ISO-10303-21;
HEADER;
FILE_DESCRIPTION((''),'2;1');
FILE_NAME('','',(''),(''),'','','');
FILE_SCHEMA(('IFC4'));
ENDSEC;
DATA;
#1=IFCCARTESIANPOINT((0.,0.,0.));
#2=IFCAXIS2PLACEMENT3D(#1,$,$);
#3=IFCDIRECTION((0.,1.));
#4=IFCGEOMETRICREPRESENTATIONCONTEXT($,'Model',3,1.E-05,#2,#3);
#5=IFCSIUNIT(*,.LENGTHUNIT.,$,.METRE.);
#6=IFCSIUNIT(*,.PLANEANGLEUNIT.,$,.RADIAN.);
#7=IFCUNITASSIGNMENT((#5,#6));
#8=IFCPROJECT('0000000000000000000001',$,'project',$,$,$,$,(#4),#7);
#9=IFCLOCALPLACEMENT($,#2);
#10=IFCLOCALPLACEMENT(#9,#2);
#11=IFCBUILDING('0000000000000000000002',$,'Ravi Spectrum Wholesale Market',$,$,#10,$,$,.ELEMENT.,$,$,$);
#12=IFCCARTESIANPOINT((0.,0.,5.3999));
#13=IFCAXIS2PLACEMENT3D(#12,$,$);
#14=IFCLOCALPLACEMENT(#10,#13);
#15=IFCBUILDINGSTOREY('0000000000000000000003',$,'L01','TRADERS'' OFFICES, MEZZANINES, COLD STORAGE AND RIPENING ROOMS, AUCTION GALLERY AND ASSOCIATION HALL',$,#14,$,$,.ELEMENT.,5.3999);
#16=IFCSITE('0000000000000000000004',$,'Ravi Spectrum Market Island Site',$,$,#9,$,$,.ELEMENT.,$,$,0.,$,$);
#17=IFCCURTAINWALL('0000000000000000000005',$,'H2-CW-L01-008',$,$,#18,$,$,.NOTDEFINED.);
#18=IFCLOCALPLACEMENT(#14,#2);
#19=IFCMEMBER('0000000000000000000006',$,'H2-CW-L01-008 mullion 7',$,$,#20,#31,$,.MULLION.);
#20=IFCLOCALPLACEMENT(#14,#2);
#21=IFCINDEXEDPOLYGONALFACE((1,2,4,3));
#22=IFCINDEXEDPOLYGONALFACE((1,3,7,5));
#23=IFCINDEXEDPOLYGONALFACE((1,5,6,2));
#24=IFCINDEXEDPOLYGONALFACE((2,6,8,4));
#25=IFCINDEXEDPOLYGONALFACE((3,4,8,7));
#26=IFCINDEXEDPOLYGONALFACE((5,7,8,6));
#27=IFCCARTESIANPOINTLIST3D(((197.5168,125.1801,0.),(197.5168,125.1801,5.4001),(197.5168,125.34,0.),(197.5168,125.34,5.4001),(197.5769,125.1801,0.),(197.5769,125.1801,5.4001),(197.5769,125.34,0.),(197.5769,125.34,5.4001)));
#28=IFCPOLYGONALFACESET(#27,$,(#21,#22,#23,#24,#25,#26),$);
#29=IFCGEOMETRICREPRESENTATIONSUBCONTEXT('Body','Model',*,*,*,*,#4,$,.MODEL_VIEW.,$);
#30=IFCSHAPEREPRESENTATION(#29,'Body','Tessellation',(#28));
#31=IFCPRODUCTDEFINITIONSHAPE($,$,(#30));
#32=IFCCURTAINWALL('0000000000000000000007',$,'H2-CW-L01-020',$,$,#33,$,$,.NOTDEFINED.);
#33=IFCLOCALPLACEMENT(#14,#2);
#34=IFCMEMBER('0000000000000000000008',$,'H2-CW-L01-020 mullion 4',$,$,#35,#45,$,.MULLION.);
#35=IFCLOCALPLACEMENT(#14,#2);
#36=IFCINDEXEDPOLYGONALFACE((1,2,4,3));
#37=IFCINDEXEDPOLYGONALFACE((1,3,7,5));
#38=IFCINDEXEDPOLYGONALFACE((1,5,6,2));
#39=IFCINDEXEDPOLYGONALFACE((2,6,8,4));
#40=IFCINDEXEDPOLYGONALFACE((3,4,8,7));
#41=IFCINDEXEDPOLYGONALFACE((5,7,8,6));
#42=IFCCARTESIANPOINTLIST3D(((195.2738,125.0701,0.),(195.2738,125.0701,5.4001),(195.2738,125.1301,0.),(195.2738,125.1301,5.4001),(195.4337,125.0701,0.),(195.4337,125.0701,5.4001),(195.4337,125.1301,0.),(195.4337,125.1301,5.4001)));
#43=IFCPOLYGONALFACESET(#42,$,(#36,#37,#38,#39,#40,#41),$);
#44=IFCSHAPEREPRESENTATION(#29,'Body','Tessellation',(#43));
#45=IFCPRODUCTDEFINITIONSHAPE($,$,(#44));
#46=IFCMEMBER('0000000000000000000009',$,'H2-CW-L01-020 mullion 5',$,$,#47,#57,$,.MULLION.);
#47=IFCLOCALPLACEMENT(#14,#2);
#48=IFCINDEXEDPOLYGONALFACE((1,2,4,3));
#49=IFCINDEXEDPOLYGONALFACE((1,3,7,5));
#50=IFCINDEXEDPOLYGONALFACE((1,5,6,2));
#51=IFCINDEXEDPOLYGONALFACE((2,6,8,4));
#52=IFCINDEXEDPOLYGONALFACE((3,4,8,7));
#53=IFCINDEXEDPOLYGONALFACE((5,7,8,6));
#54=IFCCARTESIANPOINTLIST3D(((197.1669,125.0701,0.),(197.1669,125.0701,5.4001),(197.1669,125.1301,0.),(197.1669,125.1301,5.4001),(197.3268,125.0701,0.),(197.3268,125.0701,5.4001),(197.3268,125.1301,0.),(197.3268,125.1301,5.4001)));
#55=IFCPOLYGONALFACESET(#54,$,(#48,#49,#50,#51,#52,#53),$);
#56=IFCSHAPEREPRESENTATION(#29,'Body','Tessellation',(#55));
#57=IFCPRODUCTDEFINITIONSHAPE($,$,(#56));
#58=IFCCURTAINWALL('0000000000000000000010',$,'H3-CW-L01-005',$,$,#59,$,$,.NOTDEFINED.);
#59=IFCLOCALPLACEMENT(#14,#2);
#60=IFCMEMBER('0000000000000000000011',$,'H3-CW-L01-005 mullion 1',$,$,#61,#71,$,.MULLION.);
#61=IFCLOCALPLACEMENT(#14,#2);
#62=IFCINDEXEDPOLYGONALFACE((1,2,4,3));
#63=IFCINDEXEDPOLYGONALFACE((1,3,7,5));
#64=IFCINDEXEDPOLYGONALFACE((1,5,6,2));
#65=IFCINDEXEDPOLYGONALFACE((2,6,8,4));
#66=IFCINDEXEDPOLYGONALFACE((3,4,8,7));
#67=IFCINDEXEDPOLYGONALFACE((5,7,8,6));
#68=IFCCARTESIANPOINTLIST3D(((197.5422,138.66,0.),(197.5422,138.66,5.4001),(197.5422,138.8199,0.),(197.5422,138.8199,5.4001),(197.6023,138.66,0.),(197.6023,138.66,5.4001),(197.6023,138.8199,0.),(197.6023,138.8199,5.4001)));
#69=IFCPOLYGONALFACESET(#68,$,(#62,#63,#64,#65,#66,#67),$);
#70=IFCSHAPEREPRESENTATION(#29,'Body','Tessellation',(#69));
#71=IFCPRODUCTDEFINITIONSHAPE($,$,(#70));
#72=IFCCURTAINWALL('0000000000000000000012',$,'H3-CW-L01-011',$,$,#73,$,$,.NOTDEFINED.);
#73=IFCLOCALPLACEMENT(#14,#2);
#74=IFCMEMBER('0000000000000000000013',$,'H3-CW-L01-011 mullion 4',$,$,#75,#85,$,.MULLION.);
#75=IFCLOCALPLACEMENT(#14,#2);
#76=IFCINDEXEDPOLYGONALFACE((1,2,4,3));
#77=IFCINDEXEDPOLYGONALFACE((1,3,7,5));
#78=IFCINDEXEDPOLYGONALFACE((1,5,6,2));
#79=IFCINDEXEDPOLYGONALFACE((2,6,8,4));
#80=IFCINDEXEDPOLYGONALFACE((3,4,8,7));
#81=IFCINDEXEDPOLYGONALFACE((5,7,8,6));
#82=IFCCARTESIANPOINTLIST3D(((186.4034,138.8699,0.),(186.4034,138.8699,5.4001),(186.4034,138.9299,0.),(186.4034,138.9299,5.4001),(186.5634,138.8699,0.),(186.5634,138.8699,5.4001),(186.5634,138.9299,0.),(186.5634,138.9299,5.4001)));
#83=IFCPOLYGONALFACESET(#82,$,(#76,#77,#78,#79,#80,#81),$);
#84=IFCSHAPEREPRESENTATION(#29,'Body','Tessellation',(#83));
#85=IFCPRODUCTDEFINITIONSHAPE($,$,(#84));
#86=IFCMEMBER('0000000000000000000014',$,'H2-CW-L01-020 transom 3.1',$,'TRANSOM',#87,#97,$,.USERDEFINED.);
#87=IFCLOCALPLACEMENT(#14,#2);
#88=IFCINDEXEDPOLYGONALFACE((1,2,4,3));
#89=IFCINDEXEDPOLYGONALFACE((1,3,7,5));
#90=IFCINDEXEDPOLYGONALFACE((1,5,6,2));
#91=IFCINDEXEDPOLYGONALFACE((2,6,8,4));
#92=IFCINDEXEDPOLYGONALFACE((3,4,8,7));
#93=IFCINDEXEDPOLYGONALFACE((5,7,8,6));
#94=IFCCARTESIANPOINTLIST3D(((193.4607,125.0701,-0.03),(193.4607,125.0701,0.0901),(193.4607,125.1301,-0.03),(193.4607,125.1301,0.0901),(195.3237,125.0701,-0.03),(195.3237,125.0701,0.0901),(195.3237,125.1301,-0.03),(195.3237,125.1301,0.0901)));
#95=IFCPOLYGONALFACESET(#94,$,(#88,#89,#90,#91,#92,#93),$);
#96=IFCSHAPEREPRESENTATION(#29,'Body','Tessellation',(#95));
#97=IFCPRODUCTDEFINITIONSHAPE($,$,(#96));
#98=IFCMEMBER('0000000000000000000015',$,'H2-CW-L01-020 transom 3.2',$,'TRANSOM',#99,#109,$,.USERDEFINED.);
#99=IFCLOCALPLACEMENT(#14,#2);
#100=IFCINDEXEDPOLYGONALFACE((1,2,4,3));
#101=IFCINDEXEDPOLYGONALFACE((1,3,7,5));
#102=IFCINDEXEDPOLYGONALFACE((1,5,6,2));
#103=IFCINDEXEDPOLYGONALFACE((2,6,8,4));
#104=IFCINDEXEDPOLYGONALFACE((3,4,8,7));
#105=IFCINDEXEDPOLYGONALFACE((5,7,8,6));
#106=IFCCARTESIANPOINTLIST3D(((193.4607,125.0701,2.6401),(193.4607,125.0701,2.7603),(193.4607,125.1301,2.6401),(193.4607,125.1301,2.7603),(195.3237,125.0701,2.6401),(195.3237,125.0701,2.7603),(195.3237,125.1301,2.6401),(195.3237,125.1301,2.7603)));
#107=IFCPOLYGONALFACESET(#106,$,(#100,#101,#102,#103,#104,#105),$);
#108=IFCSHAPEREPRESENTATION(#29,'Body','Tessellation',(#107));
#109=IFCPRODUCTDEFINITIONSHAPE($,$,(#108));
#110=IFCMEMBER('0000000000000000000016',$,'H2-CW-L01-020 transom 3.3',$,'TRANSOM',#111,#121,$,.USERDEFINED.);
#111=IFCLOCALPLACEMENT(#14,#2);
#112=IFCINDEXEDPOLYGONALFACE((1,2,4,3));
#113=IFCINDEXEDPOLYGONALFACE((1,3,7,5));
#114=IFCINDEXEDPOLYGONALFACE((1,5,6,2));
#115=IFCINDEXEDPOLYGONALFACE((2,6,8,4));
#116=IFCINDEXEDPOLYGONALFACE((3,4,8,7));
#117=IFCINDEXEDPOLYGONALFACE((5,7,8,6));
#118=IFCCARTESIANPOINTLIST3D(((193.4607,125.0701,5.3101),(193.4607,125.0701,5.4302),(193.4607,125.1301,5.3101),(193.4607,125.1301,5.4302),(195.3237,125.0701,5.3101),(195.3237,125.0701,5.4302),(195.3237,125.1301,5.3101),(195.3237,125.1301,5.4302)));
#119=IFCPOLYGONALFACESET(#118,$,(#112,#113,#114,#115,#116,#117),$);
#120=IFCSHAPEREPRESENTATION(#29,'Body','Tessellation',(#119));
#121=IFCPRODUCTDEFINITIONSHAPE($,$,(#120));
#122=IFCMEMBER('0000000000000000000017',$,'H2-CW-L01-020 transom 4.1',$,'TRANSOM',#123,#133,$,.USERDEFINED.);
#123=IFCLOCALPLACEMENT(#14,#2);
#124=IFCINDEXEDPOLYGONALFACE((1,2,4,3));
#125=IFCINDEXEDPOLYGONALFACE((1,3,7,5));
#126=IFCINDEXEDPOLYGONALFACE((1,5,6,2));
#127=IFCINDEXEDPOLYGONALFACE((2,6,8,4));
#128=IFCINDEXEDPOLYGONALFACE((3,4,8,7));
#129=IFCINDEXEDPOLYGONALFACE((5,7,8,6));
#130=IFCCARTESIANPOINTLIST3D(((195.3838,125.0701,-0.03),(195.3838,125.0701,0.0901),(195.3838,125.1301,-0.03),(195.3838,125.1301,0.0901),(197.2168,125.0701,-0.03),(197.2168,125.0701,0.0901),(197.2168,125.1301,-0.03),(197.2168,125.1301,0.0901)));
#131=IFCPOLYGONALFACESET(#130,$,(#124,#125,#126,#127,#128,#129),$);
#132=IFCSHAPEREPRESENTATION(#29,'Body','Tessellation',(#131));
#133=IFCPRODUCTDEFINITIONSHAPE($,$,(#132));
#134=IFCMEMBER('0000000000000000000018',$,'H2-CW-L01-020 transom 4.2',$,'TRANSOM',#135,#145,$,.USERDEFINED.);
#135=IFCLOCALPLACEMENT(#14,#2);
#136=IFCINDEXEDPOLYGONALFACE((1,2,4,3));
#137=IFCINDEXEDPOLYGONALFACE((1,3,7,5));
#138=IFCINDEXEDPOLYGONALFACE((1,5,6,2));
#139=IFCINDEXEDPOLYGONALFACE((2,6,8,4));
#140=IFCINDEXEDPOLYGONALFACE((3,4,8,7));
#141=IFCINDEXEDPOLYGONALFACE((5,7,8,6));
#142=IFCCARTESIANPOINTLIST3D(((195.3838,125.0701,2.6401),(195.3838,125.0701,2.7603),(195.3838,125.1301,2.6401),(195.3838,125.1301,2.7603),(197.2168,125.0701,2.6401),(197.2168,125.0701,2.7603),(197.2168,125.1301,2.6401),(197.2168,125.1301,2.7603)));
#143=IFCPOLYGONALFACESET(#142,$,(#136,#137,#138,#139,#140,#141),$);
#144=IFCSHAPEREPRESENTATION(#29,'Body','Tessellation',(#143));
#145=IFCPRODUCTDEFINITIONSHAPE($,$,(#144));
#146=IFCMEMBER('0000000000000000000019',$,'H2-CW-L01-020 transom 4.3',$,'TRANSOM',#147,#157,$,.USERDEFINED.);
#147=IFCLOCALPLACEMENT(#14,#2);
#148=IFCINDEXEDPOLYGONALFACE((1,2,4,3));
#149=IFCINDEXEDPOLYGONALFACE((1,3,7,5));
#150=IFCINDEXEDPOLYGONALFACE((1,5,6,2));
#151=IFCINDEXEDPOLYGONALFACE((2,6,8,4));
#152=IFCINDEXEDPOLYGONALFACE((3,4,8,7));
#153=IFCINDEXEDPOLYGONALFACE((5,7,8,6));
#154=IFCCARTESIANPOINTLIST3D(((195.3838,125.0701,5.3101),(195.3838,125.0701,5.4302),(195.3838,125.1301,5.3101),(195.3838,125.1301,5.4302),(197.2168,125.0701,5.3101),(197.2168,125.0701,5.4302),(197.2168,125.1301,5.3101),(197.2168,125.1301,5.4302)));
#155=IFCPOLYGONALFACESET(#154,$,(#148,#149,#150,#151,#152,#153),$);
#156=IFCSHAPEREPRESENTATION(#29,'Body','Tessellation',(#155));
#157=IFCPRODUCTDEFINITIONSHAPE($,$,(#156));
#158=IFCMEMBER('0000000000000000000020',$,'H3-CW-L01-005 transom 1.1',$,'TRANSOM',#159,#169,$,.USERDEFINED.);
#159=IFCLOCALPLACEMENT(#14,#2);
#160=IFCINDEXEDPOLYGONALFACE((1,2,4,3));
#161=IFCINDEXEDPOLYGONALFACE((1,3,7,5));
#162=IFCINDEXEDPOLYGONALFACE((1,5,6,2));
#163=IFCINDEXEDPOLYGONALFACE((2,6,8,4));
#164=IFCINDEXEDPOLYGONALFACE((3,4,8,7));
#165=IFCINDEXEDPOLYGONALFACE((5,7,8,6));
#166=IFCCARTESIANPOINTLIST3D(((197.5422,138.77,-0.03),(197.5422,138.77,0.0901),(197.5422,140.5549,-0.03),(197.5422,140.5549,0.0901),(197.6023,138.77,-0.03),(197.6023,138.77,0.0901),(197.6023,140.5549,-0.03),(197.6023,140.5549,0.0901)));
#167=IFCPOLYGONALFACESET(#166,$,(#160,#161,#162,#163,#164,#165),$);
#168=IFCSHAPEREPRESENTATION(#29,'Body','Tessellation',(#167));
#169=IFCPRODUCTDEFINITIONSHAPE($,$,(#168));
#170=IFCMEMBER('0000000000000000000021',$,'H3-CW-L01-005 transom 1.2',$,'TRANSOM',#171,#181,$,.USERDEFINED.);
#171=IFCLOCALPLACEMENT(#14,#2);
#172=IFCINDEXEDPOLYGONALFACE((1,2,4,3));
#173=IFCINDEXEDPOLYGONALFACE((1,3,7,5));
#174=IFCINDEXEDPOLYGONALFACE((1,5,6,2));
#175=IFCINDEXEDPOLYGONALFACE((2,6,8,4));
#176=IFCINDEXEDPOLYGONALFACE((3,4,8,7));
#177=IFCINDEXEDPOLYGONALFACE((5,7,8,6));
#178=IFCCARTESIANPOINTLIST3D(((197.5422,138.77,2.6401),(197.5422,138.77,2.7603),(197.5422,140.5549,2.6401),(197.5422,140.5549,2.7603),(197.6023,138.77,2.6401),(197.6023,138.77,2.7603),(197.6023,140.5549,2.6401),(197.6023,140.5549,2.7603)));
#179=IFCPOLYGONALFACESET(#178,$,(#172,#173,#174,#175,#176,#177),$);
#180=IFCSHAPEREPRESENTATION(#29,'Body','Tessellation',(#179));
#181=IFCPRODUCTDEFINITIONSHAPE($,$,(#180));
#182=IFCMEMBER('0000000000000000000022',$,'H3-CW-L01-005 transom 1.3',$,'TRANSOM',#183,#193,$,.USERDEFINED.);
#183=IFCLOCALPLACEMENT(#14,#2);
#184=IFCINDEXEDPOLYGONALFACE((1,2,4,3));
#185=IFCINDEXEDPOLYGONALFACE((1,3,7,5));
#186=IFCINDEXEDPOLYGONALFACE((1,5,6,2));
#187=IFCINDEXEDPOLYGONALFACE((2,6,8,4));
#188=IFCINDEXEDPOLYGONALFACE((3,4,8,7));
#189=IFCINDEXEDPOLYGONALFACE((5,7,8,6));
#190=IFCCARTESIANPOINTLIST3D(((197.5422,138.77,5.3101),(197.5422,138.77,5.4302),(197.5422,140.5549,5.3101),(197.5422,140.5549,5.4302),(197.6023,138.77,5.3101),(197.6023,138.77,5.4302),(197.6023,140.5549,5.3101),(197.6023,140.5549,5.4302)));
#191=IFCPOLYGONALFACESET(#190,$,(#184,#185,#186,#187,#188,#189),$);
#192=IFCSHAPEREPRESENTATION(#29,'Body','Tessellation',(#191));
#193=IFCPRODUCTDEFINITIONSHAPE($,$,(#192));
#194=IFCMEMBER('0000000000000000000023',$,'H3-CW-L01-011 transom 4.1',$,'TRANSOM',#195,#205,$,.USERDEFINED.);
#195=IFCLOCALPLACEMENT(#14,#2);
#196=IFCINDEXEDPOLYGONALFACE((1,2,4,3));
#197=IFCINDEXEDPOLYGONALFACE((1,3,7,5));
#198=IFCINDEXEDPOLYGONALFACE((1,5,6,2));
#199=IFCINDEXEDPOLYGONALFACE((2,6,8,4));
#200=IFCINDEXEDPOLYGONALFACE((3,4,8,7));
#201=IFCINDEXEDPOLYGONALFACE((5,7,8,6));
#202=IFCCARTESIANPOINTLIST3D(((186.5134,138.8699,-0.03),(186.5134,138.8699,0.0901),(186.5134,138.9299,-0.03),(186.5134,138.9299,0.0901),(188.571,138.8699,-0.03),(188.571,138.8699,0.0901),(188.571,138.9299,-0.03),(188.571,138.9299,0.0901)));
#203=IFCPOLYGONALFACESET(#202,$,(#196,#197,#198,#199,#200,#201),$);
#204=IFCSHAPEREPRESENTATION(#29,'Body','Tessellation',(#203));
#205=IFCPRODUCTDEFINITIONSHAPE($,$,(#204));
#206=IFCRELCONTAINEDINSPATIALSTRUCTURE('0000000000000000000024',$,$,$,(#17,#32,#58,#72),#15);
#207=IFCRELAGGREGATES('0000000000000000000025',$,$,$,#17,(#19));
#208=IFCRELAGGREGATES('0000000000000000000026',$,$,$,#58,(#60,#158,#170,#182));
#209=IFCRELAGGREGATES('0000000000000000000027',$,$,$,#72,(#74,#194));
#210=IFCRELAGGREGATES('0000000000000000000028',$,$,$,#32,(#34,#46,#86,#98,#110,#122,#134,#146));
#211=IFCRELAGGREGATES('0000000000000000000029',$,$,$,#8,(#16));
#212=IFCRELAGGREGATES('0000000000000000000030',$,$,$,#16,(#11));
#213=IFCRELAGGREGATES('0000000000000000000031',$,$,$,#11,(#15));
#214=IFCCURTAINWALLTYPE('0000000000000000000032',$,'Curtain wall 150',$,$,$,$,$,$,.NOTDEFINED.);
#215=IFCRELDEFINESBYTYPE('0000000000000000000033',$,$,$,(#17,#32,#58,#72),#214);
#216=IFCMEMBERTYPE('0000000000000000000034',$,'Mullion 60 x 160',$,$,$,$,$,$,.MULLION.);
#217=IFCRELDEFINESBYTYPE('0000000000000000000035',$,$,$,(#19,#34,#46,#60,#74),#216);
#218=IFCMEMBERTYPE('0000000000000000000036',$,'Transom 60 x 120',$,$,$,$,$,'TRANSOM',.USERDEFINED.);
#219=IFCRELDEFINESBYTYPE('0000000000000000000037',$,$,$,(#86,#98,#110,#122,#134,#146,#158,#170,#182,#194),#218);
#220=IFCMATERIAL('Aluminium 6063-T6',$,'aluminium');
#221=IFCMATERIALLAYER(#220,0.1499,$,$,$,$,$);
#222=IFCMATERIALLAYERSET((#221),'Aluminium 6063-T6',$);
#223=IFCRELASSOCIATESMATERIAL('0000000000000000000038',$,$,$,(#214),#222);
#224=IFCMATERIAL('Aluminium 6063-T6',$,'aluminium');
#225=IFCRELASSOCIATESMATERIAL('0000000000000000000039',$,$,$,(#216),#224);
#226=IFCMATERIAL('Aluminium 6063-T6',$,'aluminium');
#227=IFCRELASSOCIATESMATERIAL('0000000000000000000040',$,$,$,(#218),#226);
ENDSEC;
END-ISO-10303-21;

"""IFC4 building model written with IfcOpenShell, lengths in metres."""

from ifc_helpers import new_model, si_unit, direction, frame, origin, origin_2d, place, context, subcontext, project, spatial, rectangle, extrude, material, layer, layer_set, material_profile, profile_set, type_object, element, aggregate, save


model = new_model("IFC4")

# Units and contexts
model_context = context("Model", 3, precision=1e-05, world=origin(), true_north=direction((0.0, 1.0)))
body_context = subcontext(model_context, "Body", "Model", "MODEL_VIEW")
ifc_project = project(units=[si_unit("LENGTHUNIT", "METRE"), si_unit("PLANEANGLEUNIT", "RADIAN")], contexts=[model_context])

# Site, building, storey
site_placement = place(None, origin())
site = spatial("IfcSite", under=ifc_project, at=site_placement, Name="Ravi Spectrum Market Island Site", CompositionType="ELEMENT", RefElevation=0.0)
building_placement = place(site_placement, origin())
building = spatial("IfcBuilding", under=site, at=building_placement, Name="Ravi Spectrum Wholesale Market", CompositionType="ELEMENT")
storey_placement = place(building_placement, frame((0.0, 0.0, 5.3999)))
storey = spatial("IfcBuildingStorey", under=building, at=storey_placement, Name="L01", Description="TRADERS' OFFICES, MEZZANINES, COLD STORAGE AND RIPENING ROOMS, AUCTION GALLERY AND ASSOCIATION HALL", CompositionType="ELEMENT", Elevation=5.3999)

# Curtain wall, member
ifc_material_1 = material(Name="Aluminium 6063-T6", Category="aluminium")
ifc_layer_1 = layer(ifc_material_1, 0.1499)
ifc_layer_set_1 = layer_set([ifc_layer_1], Name="Aluminium 6063-T6")
curtain_wall_type = type_object("IfcCurtainWallType", Name="Curtain wall 150", PredefinedType="NOTDEFINED", material=ifc_layer_set_1)
curtain_wall_1_placement = place(storey_placement, origin())
curtain_wall_1 = element("IfcCurtainWall", 1, at=curtain_wall_1_placement, inside=storey, type_object=curtain_wall_type, Name="H2-CW-L01-008", PredefinedType="NOTDEFINED")
ifc_material_2 = material(Name="Aluminium 6063-T6", Category="aluminium")
ifc_material_profile_1 = material_profile(ifc_material_2, rectangle(XDim=0.0601, YDim=0.1599, at=origin_2d()))
ifc_profile_set_1 = profile_set([ifc_material_profile_1], Name="Aluminium 6063-T6")
member_type_1 = type_object("IfcMemberType", Name="Mullion 60 x 160", PredefinedType="MULLION", material=ifc_profile_set_1)
member_1_placement = place(storey_placement, frame((197.5469, 125.26, 0.0), z_axis=(0.0, 0.0, 1.0), x_axis=(-1.0, 0.0, 0.0)))
member_1 = element("IfcMember", 2, at=member_1_placement, type_object=member_type_1, Name="H2-CW-L01-008 mullion 7", PredefinedType="MULLION", context=body_context, shape_type="SweptSolid", body=[
    extrude(rectangle(XDim=0.0601, YDim=0.1599, at=origin_2d()), origin(), (0.0, 0.0, 1.0), 5.4001),
])
aggregate(curtain_wall_1, [member_1])

# Curtain wall, members
curtain_wall_2_placement = place(storey_placement, origin())
curtain_wall_2 = element("IfcCurtainWall", 3, at=curtain_wall_2_placement, inside=storey, type_object=curtain_wall_type, Name="H2-CW-L01-020", PredefinedType="NOTDEFINED")
member_2_placement = place(storey_placement, frame((195.3538, 125.1001, 0.0), z_axis=(0.0, 0.0, 1.0), x_axis=(0.0, 1.0, 0.0)))
member_2 = element("IfcMember", 4, at=member_2_placement, type_object=member_type_1, Name="H2-CW-L01-020 mullion 4", PredefinedType="MULLION", context=body_context, shape_type="SweptSolid", body=[
    extrude(rectangle(XDim=0.0601, YDim=0.1599, at=origin_2d()), origin(), (0.0, 0.0, 1.0), 5.4001),
])
member_3_placement = place(storey_placement, frame((197.2468, 125.1001, 0.0), z_axis=(0.0, 0.0, 1.0), x_axis=(0.0, 1.0, 0.0)))
member_3 = element("IfcMember", 5, at=member_3_placement, type_object=member_type_1, Name="H2-CW-L01-020 mullion 5", PredefinedType="MULLION", context=body_context, shape_type="SweptSolid", body=[
    extrude(rectangle(XDim=0.0601, YDim=0.1599, at=origin_2d()), origin(), (0.0, 0.0, 1.0), 5.4001),
])

# Curtain walls, members
curtain_wall_3_placement = place(storey_placement, origin())
curtain_wall_3 = element("IfcCurtainWall", 6, at=curtain_wall_3_placement, inside=storey, type_object=curtain_wall_type, Name="H3-CW-L01-005", PredefinedType="NOTDEFINED")
member_4_placement = place(storey_placement, frame((197.5723, 138.74, 0.0), z_axis=(0.0, 0.0, 1.0), x_axis=(-1.0, 0.0, 0.0)))
member_4 = element("IfcMember", 7, at=member_4_placement, type_object=member_type_1, Name="H3-CW-L01-005 mullion 1", PredefinedType="MULLION", context=body_context, shape_type="SweptSolid", body=[
    extrude(rectangle(XDim=0.0601, YDim=0.1599, at=origin_2d()), origin(), (0.0, 0.0, 1.0), 5.4001),
])
curtain_wall_4_placement = place(storey_placement, origin())
curtain_wall_4 = element("IfcCurtainWall", 8, at=curtain_wall_4_placement, inside=storey, type_object=curtain_wall_type, Name="H3-CW-L01-011", PredefinedType="NOTDEFINED")
member_5_placement = place(storey_placement, frame((186.4834, 138.8999, 0.0), z_axis=(0.0, 0.0, 1.0), x_axis=(0.0, 1.0, 0.0)))
member_5 = element("IfcMember", 9, at=member_5_placement, type_object=member_type_1, Name="H3-CW-L01-011 mullion 4", PredefinedType="MULLION", context=body_context, shape_type="SweptSolid", body=[
    extrude(rectangle(XDim=0.0601, YDim=0.1599, at=origin_2d()), origin(), (0.0, 0.0, 1.0), 5.4001),
])

# Members
ifc_material_3 = material(Name="Aluminium 6063-T6", Category="aluminium")
ifc_material_profile_2 = material_profile(ifc_material_3, rectangle(XDim=0.0601, YDim=0.1201, at=origin_2d()))
ifc_profile_set_2 = profile_set([ifc_material_profile_2], Name="Aluminium 6063-T6")
member_type_2 = type_object("IfcMemberType", Name="Transom 60 x 120", ElementType="TRANSOM", PredefinedType="USERDEFINED", material=ifc_profile_set_2)
member_6_placement = place(storey_placement, frame((193.4607, 125.1001, 0.03), z_axis=(1.0, 0.0, 0.0), x_axis=(0.0, 1.0, 0.0)))
member_6 = element("IfcMember", 10, at=member_6_placement, type_object=member_type_2, Name="H2-CW-L01-020 transom 3.1", ObjectType="TRANSOM", PredefinedType="USERDEFINED", context=body_context, shape_type="SweptSolid", body=[
    extrude(rectangle(XDim=0.0601, YDim=0.1201, at=origin_2d()), origin(), (0.0, 0.0, 1.0), 1.863),
])
member_7_placement = place(storey_placement, frame((193.4607, 125.1001, 2.7002), z_axis=(1.0, 0.0, 0.0), x_axis=(0.0, 1.0, 0.0)))
member_7 = element("IfcMember", 11, at=member_7_placement, type_object=member_type_2, Name="H2-CW-L01-020 transom 3.2", ObjectType="TRANSOM", PredefinedType="USERDEFINED", context=body_context, shape_type="SweptSolid", body=[
    extrude(rectangle(XDim=0.0601, YDim=0.1201, at=origin_2d()), origin(), (0.0, 0.0, 1.0), 1.863),
])
member_8_placement = place(storey_placement, frame((193.4607, 125.1001, 5.3701), z_axis=(1.0, 0.0, 0.0), x_axis=(0.0, 1.0, 0.0)))
member_8 = element("IfcMember", 12, at=member_8_placement, type_object=member_type_2, Name="H2-CW-L01-020 transom 3.3", ObjectType="TRANSOM", PredefinedType="USERDEFINED", context=body_context, shape_type="SweptSolid", body=[
    extrude(rectangle(XDim=0.0601, YDim=0.1201, at=origin_2d()), origin(), (0.0, 0.0, 1.0), 1.863),
])
member_9_placement = place(storey_placement, frame((195.3838, 125.1001, 0.03), z_axis=(1.0, 0.0, 0.0), x_axis=(0.0, 1.0, 0.0)))
member_9 = element("IfcMember", 13, at=member_9_placement, type_object=member_type_2, Name="H2-CW-L01-020 transom 4.1", ObjectType="TRANSOM", PredefinedType="USERDEFINED", context=body_context, shape_type="SweptSolid", body=[
    extrude(rectangle(XDim=0.0601, YDim=0.1201, at=origin_2d()), origin(), (0.0, 0.0, 1.0), 1.833),
])
member_10_placement = place(storey_placement, frame((195.3838, 125.1001, 2.7002), z_axis=(1.0, 0.0, 0.0), x_axis=(0.0, 1.0, 0.0)))
member_10 = element("IfcMember", 14, at=member_10_placement, type_object=member_type_2, Name="H2-CW-L01-020 transom 4.2", ObjectType="TRANSOM", PredefinedType="USERDEFINED", context=body_context, shape_type="SweptSolid", body=[
    extrude(rectangle(XDim=0.0601, YDim=0.1201, at=origin_2d()), origin(), (0.0, 0.0, 1.0), 1.833),
])
member_11_placement = place(storey_placement, frame((195.3838, 125.1001, 5.3701), z_axis=(1.0, 0.0, 0.0), x_axis=(0.0, 1.0, 0.0)))
member_11 = element("IfcMember", 15, at=member_11_placement, type_object=member_type_2, Name="H2-CW-L01-020 transom 4.3", ObjectType="TRANSOM", PredefinedType="USERDEFINED", context=body_context, shape_type="SweptSolid", body=[
    extrude(rectangle(XDim=0.0601, YDim=0.1201, at=origin_2d()), origin(), (0.0, 0.0, 1.0), 1.833),
])
member_12_placement = place(storey_placement, frame((197.5723, 138.77, 0.03), z_axis=(0.0, 1.0, 0.0), x_axis=(-1.0, 0.0, 0.0)))
member_12 = element("IfcMember", 16, at=member_12_placement, type_object=member_type_2, Name="H3-CW-L01-005 transom 1.1", ObjectType="TRANSOM", PredefinedType="USERDEFINED", context=body_context, shape_type="SweptSolid", body=[
    extrude(rectangle(XDim=0.0601, YDim=0.1201, at=origin_2d()), origin(), (0.0, 0.0, 1.0), 1.7849),
])
member_13_placement = place(storey_placement, frame((197.5723, 138.77, 2.7002), z_axis=(0.0, 1.0, 0.0), x_axis=(-1.0, 0.0, 0.0)))
member_13 = element("IfcMember", 17, at=member_13_placement, type_object=member_type_2, Name="H3-CW-L01-005 transom 1.2", ObjectType="TRANSOM", PredefinedType="USERDEFINED", context=body_context, shape_type="SweptSolid", body=[
    extrude(rectangle(XDim=0.0601, YDim=0.1201, at=origin_2d()), origin(), (0.0, 0.0, 1.0), 1.7849),
])
member_14_placement = place(storey_placement, frame((197.5723, 138.77, 5.3701), z_axis=(0.0, 1.0, 0.0), x_axis=(-1.0, 0.0, 0.0)))
member_14 = element("IfcMember", 18, at=member_14_placement, type_object=member_type_2, Name="H3-CW-L01-005 transom 1.3", ObjectType="TRANSOM", PredefinedType="USERDEFINED", context=body_context, shape_type="SweptSolid", body=[
    extrude(rectangle(XDim=0.0601, YDim=0.1201, at=origin_2d()), origin(), (0.0, 0.0, 1.0), 1.7849),
])
aggregate(curtain_wall_3, [member_4, member_12, member_13, member_14])
member_15_placement = place(storey_placement, frame((186.5134, 138.8999, 0.03), z_axis=(1.0, 0.0, 0.0), x_axis=(0.0, 1.0, 0.0)))
member_15 = element("IfcMember", 19, at=member_15_placement, type_object=member_type_2, Name="H3-CW-L01-011 transom 4.1", ObjectType="TRANSOM", PredefinedType="USERDEFINED", context=body_context, shape_type="SweptSolid", body=[
    extrude(rectangle(XDim=0.0601, YDim=0.1201, at=origin_2d()), origin(), (0.0, 0.0, 1.0), 2.0576),
])
aggregate(curtain_wall_4, [member_5, member_15])

aggregate(curtain_wall_2, [member_2, member_3, member_6, member_7, member_8, member_9, member_10, member_11])

save(model, "model.ifc")
